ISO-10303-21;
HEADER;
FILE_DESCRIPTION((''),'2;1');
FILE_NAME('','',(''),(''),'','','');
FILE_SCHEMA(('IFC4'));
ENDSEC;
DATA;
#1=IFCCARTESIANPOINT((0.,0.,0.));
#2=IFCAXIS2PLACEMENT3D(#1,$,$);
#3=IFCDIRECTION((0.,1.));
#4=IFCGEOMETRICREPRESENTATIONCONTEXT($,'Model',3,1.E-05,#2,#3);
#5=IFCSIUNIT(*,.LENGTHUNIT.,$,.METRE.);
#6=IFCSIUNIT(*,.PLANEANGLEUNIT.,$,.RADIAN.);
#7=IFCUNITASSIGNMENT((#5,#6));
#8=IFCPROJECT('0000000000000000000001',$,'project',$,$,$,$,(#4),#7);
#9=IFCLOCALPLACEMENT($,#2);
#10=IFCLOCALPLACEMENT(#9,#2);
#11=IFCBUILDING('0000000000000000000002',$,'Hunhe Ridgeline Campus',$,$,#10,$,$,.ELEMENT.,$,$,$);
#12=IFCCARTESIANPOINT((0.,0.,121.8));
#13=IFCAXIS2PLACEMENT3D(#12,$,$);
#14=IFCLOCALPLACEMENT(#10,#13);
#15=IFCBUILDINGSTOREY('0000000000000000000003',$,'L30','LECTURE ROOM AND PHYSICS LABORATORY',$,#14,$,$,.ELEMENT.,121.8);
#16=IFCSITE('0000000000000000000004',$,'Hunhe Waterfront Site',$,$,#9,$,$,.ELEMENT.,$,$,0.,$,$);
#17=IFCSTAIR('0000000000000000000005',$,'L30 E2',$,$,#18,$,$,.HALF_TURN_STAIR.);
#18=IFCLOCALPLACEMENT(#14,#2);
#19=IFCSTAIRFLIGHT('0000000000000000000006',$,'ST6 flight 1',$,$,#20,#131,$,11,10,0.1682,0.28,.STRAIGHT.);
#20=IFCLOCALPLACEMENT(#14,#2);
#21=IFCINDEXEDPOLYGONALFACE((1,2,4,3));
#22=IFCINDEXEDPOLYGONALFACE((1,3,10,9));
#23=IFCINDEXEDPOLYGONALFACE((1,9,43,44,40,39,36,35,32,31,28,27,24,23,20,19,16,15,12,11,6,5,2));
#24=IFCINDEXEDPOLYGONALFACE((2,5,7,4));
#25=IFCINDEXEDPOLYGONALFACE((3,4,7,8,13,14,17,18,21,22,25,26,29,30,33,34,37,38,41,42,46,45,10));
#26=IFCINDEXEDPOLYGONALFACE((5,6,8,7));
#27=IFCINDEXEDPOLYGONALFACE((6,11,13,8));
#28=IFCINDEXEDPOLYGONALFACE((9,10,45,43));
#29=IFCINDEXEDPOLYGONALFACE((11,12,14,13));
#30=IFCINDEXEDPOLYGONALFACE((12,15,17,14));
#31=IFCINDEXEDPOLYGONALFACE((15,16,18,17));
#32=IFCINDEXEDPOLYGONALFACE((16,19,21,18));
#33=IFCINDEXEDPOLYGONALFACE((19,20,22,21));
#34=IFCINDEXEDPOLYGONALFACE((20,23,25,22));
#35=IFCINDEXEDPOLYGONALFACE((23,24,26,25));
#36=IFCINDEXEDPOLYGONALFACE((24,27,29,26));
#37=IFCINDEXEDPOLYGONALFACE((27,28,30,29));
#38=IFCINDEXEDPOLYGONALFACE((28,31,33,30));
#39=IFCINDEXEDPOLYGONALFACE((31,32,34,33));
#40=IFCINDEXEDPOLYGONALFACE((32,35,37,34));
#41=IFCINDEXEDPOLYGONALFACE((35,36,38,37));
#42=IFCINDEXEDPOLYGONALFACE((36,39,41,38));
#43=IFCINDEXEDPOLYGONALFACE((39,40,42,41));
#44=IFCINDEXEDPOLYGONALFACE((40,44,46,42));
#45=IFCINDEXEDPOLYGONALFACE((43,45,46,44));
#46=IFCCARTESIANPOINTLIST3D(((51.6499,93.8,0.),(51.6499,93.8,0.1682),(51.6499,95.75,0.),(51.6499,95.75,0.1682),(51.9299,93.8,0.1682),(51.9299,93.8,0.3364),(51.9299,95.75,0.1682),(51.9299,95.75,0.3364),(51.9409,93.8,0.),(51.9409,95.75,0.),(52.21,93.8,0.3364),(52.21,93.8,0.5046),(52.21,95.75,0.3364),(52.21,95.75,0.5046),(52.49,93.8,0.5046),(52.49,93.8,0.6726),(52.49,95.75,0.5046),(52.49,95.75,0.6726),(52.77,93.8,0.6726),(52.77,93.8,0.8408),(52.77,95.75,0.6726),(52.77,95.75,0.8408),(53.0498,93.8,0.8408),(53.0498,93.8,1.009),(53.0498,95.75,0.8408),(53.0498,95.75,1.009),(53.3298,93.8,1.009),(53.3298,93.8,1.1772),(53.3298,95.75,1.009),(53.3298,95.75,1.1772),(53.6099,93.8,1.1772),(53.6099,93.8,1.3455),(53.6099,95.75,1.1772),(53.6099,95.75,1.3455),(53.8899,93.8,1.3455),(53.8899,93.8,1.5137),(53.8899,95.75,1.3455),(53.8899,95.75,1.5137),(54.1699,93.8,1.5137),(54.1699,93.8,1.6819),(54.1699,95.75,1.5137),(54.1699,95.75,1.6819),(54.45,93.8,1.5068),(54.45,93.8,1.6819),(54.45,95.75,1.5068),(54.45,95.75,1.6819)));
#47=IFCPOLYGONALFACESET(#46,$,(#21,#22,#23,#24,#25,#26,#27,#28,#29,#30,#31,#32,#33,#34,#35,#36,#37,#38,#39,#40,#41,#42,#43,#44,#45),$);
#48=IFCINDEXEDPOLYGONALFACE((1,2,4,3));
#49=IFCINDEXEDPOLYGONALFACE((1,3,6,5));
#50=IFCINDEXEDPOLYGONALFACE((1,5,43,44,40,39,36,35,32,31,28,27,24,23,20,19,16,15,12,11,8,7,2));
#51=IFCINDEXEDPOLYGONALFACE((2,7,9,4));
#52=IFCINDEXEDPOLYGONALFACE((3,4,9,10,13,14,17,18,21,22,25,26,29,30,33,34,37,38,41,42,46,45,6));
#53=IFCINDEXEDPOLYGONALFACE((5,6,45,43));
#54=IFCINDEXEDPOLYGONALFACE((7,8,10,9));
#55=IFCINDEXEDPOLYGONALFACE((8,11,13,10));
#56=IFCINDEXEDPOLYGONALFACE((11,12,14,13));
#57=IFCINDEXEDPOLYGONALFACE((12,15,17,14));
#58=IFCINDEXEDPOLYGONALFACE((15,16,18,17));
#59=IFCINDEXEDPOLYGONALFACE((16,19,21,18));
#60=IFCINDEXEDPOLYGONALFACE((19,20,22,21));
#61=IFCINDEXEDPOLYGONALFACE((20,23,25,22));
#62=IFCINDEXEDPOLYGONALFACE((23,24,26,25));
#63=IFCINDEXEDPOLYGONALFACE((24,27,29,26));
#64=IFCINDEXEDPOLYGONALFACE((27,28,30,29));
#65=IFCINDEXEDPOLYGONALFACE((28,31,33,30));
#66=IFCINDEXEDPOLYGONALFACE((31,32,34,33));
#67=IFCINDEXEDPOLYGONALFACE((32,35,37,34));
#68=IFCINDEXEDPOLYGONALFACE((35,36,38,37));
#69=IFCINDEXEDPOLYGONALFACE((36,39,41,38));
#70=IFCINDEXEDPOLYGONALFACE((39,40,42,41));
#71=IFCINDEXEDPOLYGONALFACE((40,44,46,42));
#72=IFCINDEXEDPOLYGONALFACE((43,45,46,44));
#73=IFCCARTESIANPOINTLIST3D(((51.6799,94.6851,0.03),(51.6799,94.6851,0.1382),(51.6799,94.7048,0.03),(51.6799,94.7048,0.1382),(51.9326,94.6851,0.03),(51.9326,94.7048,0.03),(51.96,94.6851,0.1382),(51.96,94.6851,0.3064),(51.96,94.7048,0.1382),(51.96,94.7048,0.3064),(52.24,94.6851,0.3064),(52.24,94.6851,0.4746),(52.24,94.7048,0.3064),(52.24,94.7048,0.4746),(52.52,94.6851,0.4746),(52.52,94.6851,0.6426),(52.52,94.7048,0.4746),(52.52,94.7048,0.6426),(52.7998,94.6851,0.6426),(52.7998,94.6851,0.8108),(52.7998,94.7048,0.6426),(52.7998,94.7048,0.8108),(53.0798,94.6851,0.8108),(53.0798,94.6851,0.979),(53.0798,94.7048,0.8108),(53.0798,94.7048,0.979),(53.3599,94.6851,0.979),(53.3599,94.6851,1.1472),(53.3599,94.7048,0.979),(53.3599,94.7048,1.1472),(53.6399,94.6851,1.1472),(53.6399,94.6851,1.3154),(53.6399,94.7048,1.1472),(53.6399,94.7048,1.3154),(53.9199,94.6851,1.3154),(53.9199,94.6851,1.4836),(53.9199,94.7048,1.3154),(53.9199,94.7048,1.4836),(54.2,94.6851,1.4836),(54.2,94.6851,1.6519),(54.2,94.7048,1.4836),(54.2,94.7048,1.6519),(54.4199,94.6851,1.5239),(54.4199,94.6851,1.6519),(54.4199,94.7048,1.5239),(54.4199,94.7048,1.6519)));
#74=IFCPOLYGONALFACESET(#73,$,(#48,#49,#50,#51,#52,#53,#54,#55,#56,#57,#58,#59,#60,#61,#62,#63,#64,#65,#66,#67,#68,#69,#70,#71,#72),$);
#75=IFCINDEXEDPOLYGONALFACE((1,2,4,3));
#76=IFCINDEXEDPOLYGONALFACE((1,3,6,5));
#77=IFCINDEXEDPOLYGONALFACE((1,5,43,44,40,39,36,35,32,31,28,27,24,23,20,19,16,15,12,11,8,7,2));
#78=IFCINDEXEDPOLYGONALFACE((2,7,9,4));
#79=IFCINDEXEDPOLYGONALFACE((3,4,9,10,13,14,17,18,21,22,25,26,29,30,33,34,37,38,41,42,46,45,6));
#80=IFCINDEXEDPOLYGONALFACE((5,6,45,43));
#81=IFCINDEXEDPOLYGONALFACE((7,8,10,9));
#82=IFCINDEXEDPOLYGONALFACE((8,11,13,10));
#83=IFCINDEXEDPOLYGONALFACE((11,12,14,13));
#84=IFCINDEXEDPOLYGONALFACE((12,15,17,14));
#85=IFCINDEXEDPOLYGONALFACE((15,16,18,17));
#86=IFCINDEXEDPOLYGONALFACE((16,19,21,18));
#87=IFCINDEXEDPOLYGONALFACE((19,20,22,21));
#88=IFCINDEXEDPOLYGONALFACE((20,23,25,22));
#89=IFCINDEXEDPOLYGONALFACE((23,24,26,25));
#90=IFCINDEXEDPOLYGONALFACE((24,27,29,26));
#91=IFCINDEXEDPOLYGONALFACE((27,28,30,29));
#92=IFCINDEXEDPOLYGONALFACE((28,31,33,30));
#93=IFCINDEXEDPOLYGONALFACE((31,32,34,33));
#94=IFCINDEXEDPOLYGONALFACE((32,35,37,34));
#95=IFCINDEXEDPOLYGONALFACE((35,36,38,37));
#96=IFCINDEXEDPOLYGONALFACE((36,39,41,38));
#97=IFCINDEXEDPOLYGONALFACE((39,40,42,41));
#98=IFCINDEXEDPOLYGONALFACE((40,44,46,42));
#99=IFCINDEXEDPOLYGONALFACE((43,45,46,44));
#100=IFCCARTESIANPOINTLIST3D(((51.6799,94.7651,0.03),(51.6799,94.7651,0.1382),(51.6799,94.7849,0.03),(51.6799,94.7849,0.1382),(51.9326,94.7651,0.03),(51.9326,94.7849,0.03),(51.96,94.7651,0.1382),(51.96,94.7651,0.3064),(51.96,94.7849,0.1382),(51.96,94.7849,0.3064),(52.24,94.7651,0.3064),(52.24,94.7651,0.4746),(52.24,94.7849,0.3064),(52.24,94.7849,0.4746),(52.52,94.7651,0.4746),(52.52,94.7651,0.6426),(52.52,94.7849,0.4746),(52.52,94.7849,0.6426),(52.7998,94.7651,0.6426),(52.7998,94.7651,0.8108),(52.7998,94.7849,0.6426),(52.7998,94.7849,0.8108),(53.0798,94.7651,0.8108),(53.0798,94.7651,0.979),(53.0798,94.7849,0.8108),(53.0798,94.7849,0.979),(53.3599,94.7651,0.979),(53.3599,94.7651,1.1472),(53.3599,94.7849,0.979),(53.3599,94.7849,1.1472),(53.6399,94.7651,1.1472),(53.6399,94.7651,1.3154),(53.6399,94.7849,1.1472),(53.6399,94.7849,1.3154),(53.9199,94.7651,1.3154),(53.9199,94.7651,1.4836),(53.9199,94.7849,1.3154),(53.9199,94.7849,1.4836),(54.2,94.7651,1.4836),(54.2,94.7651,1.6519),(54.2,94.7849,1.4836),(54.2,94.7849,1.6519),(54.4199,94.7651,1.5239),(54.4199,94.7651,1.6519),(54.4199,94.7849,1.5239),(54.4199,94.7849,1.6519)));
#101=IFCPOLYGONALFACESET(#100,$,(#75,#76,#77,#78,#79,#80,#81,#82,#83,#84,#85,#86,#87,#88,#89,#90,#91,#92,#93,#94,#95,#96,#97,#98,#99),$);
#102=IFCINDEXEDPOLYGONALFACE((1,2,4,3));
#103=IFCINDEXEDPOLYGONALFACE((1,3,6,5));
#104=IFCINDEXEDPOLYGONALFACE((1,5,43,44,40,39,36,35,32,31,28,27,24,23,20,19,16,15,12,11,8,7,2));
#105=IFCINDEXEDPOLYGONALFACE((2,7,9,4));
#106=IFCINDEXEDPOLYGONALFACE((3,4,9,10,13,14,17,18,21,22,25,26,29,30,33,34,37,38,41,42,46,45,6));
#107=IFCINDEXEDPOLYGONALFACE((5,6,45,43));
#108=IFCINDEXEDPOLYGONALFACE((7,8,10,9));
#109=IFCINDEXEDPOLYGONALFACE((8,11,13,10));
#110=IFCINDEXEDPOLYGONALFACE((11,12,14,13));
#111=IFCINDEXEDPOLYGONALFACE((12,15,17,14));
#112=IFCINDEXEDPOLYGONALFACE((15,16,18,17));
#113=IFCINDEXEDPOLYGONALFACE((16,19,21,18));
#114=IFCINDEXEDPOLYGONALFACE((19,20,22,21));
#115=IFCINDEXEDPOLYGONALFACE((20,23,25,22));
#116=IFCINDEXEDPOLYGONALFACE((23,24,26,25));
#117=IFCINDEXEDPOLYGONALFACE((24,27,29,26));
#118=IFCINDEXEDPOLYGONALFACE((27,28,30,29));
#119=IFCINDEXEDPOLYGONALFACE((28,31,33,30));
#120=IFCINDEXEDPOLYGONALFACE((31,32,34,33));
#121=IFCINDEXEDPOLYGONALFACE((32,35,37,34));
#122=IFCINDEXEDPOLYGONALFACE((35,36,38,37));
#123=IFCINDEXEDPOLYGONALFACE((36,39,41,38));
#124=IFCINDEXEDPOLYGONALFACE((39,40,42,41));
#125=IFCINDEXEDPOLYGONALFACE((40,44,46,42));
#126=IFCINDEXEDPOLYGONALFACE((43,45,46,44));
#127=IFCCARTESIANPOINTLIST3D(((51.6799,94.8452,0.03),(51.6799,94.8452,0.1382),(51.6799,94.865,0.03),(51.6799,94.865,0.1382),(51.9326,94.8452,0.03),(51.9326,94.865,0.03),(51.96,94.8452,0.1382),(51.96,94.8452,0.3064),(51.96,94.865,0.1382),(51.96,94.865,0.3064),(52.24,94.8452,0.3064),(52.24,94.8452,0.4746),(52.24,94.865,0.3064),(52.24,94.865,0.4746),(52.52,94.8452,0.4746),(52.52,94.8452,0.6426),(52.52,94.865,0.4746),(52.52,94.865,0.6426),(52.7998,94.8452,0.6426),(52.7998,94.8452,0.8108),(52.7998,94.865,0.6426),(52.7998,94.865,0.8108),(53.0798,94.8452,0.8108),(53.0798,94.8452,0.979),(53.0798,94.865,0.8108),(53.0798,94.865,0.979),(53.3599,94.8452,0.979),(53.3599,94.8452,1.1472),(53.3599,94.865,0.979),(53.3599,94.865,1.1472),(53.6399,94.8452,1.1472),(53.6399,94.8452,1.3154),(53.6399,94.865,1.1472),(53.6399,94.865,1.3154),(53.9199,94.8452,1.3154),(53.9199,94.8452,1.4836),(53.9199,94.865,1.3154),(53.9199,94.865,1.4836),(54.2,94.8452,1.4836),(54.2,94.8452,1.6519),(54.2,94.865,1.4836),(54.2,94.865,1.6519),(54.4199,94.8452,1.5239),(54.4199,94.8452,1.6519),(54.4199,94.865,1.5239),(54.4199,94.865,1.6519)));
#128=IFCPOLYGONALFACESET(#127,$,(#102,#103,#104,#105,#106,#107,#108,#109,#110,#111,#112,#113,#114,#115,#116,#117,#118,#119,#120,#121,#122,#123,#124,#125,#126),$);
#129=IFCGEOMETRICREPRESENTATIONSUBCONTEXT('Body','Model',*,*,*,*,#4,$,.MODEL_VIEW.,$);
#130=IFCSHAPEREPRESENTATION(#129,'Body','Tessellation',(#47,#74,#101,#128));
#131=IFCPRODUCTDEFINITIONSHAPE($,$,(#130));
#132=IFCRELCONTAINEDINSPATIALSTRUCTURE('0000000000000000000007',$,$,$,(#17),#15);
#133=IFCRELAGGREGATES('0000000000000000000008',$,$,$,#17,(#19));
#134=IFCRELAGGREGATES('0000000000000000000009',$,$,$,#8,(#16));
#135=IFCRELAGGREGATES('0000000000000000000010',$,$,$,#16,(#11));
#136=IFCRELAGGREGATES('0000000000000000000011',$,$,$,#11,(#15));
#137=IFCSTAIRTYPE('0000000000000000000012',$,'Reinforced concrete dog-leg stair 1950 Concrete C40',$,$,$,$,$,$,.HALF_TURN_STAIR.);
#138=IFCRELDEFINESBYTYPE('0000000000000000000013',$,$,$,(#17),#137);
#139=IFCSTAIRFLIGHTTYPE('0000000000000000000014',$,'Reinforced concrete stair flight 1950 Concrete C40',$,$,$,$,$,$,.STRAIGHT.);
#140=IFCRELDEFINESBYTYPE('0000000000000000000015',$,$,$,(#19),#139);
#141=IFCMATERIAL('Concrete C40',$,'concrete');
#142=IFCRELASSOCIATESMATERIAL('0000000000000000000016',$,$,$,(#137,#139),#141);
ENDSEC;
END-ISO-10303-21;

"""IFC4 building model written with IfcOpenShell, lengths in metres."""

from ifc_helpers import new_model, si_unit, direction, frame, origin, place, context, subcontext, project, spatial, polyline, outline, extrude, material, type_object, element, aggregate, save


model = new_model("IFC4")

# Units and contexts
model_context = context("Model", 3, precision=1e-05, world=origin(), true_north=direction((0.0, 1.0)))
body_context = subcontext(model_context, "Body", "Model", "MODEL_VIEW")
ifc_project = project(units=[si_unit("LENGTHUNIT", "METRE"), si_unit("PLANEANGLEUNIT", "RADIAN")], contexts=[model_context])

# Site, building, storey
site_placement = place(None, origin())
site = spatial("IfcSite", under=ifc_project, at=site_placement, Name="Hunhe Waterfront Site", CompositionType="ELEMENT", RefElevation=0.0)
building_placement = place(site_placement, origin())
building = spatial("IfcBuilding", under=site, at=building_placement, Name="Hunhe Ridgeline Campus", CompositionType="ELEMENT")
storey_placement = place(building_placement, frame((0.0, 0.0, 121.8)))
storey = spatial("IfcBuildingStorey", under=building, at=storey_placement, Name="L30", Description="LECTURE ROOM AND PHYSICS LABORATORY", CompositionType="ELEMENT", Elevation=121.8)

# Stair, stair flight
ifc_material_1 = material(Name="Concrete C40", Category="concrete")
stair_type = type_object("IfcStairType", Name="Reinforced concrete dog-leg stair 1950 Concrete C40", PredefinedType="HALF_TURN_STAIR", material=ifc_material_1)
stair_1_placement = place(storey_placement, origin())
stair_1 = element("IfcStair", 1, at=stair_1_placement, inside=storey, type_object=stair_type, Name="L30 E2", PredefinedType="HALF_TURN_STAIR")
stair_flight_type = type_object("IfcStairFlightType", Name="Reinforced concrete stair flight 1950 Concrete C40", PredefinedType="STRAIGHT", material=ifc_material_1)
stair_flight_1_placement = place(storey_placement, frame((51.6499, 94.7749, 0.0), z_axis=(0.0, 0.0, 1.0), x_axis=(1.0, 0.0, 0.0)))
stair_flight_1 = element("IfcStairFlight", 2, at=stair_flight_1_placement, type_object=stair_flight_type, Name="ST6 flight 1", NumberOfRisers=11, NumberOfTreads=10, PredefinedType="STRAIGHT", RiserHeight=0.1682, TreadLength=0.28, context=body_context, shape_type="SweptSolid", body=[
    extrude(outline(polyline([(0.0, 0.0), (0.0, 0.1682), (0.28, 0.1682), (0.28, 0.3364), (0.5601, 0.3364), (0.5601, 0.5046), (0.8401, 0.5046), (0.8401, 0.6726), (1.1201, 0.6726), (1.1201, 0.8408), (1.3999, 0.8408), (1.3999, 1.009), (1.6799, 1.009), (1.6799, 1.1772), (1.96, 1.1772), (1.96, 1.3455), (2.24, 1.3455), (2.24, 1.5137), (2.52, 1.5137), (2.52, 1.6819), (2.8, 1.6819), (2.8, 1.8501), (2.8, 1.5068), (0.291, 0.0), (0.0, 0.0)])), frame((0.0, 0.9751, 0.0), z_axis=(0.0, -1.0, 0.0), x_axis=(1.0, 0.0, 0.0)), (0.0, 0.0, 1.0), 1.95),
    extrude(outline(polyline([(0.03, 0.03), (0.03, 0.1382), (0.3101, 0.1382), (0.3101, 0.3064), (0.5901, 0.3064), (0.5901, 0.4746), (0.8701, 0.4746), (0.8701, 0.6426), (1.1499, 0.6426), (1.1499, 0.8108), (1.4299, 0.8108), (1.4299, 0.979), (1.71, 0.979), (1.71, 1.1472), (1.99, 1.1472), (1.99, 1.3154), (2.27, 1.3154), (2.27, 1.4836), (2.55, 1.4836), (2.55, 1.6519), (2.77, 1.6519), (2.77, 1.5239), (0.2827, 0.03), (0.03, 0.03)])), frame((0.0, -0.0701, 0.0), z_axis=(0.0, -1.0, 0.0), x_axis=(1.0, 0.0, 0.0)), (0.0, 0.0, 1.0), 0.0198),
    extrude(outline(polyline([(0.03, 0.03), (0.03, 0.1382), (0.3101, 0.1382), (0.3101, 0.3064), (0.5901, 0.3064), (0.5901, 0.4746), (0.8701, 0.4746), (0.8701, 0.6426), (1.1499, 0.6426), (1.1499, 0.8108), (1.4299, 0.8108), (1.4299, 0.979), (1.71, 0.979), (1.71, 1.1472), (1.99, 1.1472), (1.99, 1.3154), (2.27, 1.3154), (2.27, 1.4836), (2.55, 1.4836), (2.55, 1.6519), (2.77, 1.6519), (2.77, 1.5239), (0.2827, 0.03), (0.03, 0.03)])), frame((0.0, 0.01, 0.0), z_axis=(0.0, -1.0, 0.0), x_axis=(1.0, 0.0, 0.0)), (0.0, 0.0, 1.0), 0.0198),
    extrude(outline(polyline([(0.03, 0.03), (0.03, 0.1382), (0.3101, 0.1382), (0.3101, 0.3064), (0.5901, 0.3064), (0.5901, 0.4746), (0.8701, 0.4746), (0.8701, 0.6426), (1.1499, 0.6426), (1.1499, 0.8108), (1.4299, 0.8108), (1.4299, 0.979), (1.71, 0.979), (1.71, 1.1472), (1.99, 1.1472), (1.99, 1.3154), (2.27, 1.3154), (2.27, 1.4836), (2.55, 1.4836), (2.55, 1.6519), (2.77, 1.6519), (2.77, 1.5239), (0.2827, 0.03), (0.03, 0.03)])), frame((0.0, 0.0901, 0.0), z_axis=(0.0, -1.0, 0.0), x_axis=(1.0, 0.0, 0.0)), (0.0, 0.0, 1.0), 0.0198),
])
aggregate(stair_1, [stair_flight_1])

save(model, "model.ifc")
